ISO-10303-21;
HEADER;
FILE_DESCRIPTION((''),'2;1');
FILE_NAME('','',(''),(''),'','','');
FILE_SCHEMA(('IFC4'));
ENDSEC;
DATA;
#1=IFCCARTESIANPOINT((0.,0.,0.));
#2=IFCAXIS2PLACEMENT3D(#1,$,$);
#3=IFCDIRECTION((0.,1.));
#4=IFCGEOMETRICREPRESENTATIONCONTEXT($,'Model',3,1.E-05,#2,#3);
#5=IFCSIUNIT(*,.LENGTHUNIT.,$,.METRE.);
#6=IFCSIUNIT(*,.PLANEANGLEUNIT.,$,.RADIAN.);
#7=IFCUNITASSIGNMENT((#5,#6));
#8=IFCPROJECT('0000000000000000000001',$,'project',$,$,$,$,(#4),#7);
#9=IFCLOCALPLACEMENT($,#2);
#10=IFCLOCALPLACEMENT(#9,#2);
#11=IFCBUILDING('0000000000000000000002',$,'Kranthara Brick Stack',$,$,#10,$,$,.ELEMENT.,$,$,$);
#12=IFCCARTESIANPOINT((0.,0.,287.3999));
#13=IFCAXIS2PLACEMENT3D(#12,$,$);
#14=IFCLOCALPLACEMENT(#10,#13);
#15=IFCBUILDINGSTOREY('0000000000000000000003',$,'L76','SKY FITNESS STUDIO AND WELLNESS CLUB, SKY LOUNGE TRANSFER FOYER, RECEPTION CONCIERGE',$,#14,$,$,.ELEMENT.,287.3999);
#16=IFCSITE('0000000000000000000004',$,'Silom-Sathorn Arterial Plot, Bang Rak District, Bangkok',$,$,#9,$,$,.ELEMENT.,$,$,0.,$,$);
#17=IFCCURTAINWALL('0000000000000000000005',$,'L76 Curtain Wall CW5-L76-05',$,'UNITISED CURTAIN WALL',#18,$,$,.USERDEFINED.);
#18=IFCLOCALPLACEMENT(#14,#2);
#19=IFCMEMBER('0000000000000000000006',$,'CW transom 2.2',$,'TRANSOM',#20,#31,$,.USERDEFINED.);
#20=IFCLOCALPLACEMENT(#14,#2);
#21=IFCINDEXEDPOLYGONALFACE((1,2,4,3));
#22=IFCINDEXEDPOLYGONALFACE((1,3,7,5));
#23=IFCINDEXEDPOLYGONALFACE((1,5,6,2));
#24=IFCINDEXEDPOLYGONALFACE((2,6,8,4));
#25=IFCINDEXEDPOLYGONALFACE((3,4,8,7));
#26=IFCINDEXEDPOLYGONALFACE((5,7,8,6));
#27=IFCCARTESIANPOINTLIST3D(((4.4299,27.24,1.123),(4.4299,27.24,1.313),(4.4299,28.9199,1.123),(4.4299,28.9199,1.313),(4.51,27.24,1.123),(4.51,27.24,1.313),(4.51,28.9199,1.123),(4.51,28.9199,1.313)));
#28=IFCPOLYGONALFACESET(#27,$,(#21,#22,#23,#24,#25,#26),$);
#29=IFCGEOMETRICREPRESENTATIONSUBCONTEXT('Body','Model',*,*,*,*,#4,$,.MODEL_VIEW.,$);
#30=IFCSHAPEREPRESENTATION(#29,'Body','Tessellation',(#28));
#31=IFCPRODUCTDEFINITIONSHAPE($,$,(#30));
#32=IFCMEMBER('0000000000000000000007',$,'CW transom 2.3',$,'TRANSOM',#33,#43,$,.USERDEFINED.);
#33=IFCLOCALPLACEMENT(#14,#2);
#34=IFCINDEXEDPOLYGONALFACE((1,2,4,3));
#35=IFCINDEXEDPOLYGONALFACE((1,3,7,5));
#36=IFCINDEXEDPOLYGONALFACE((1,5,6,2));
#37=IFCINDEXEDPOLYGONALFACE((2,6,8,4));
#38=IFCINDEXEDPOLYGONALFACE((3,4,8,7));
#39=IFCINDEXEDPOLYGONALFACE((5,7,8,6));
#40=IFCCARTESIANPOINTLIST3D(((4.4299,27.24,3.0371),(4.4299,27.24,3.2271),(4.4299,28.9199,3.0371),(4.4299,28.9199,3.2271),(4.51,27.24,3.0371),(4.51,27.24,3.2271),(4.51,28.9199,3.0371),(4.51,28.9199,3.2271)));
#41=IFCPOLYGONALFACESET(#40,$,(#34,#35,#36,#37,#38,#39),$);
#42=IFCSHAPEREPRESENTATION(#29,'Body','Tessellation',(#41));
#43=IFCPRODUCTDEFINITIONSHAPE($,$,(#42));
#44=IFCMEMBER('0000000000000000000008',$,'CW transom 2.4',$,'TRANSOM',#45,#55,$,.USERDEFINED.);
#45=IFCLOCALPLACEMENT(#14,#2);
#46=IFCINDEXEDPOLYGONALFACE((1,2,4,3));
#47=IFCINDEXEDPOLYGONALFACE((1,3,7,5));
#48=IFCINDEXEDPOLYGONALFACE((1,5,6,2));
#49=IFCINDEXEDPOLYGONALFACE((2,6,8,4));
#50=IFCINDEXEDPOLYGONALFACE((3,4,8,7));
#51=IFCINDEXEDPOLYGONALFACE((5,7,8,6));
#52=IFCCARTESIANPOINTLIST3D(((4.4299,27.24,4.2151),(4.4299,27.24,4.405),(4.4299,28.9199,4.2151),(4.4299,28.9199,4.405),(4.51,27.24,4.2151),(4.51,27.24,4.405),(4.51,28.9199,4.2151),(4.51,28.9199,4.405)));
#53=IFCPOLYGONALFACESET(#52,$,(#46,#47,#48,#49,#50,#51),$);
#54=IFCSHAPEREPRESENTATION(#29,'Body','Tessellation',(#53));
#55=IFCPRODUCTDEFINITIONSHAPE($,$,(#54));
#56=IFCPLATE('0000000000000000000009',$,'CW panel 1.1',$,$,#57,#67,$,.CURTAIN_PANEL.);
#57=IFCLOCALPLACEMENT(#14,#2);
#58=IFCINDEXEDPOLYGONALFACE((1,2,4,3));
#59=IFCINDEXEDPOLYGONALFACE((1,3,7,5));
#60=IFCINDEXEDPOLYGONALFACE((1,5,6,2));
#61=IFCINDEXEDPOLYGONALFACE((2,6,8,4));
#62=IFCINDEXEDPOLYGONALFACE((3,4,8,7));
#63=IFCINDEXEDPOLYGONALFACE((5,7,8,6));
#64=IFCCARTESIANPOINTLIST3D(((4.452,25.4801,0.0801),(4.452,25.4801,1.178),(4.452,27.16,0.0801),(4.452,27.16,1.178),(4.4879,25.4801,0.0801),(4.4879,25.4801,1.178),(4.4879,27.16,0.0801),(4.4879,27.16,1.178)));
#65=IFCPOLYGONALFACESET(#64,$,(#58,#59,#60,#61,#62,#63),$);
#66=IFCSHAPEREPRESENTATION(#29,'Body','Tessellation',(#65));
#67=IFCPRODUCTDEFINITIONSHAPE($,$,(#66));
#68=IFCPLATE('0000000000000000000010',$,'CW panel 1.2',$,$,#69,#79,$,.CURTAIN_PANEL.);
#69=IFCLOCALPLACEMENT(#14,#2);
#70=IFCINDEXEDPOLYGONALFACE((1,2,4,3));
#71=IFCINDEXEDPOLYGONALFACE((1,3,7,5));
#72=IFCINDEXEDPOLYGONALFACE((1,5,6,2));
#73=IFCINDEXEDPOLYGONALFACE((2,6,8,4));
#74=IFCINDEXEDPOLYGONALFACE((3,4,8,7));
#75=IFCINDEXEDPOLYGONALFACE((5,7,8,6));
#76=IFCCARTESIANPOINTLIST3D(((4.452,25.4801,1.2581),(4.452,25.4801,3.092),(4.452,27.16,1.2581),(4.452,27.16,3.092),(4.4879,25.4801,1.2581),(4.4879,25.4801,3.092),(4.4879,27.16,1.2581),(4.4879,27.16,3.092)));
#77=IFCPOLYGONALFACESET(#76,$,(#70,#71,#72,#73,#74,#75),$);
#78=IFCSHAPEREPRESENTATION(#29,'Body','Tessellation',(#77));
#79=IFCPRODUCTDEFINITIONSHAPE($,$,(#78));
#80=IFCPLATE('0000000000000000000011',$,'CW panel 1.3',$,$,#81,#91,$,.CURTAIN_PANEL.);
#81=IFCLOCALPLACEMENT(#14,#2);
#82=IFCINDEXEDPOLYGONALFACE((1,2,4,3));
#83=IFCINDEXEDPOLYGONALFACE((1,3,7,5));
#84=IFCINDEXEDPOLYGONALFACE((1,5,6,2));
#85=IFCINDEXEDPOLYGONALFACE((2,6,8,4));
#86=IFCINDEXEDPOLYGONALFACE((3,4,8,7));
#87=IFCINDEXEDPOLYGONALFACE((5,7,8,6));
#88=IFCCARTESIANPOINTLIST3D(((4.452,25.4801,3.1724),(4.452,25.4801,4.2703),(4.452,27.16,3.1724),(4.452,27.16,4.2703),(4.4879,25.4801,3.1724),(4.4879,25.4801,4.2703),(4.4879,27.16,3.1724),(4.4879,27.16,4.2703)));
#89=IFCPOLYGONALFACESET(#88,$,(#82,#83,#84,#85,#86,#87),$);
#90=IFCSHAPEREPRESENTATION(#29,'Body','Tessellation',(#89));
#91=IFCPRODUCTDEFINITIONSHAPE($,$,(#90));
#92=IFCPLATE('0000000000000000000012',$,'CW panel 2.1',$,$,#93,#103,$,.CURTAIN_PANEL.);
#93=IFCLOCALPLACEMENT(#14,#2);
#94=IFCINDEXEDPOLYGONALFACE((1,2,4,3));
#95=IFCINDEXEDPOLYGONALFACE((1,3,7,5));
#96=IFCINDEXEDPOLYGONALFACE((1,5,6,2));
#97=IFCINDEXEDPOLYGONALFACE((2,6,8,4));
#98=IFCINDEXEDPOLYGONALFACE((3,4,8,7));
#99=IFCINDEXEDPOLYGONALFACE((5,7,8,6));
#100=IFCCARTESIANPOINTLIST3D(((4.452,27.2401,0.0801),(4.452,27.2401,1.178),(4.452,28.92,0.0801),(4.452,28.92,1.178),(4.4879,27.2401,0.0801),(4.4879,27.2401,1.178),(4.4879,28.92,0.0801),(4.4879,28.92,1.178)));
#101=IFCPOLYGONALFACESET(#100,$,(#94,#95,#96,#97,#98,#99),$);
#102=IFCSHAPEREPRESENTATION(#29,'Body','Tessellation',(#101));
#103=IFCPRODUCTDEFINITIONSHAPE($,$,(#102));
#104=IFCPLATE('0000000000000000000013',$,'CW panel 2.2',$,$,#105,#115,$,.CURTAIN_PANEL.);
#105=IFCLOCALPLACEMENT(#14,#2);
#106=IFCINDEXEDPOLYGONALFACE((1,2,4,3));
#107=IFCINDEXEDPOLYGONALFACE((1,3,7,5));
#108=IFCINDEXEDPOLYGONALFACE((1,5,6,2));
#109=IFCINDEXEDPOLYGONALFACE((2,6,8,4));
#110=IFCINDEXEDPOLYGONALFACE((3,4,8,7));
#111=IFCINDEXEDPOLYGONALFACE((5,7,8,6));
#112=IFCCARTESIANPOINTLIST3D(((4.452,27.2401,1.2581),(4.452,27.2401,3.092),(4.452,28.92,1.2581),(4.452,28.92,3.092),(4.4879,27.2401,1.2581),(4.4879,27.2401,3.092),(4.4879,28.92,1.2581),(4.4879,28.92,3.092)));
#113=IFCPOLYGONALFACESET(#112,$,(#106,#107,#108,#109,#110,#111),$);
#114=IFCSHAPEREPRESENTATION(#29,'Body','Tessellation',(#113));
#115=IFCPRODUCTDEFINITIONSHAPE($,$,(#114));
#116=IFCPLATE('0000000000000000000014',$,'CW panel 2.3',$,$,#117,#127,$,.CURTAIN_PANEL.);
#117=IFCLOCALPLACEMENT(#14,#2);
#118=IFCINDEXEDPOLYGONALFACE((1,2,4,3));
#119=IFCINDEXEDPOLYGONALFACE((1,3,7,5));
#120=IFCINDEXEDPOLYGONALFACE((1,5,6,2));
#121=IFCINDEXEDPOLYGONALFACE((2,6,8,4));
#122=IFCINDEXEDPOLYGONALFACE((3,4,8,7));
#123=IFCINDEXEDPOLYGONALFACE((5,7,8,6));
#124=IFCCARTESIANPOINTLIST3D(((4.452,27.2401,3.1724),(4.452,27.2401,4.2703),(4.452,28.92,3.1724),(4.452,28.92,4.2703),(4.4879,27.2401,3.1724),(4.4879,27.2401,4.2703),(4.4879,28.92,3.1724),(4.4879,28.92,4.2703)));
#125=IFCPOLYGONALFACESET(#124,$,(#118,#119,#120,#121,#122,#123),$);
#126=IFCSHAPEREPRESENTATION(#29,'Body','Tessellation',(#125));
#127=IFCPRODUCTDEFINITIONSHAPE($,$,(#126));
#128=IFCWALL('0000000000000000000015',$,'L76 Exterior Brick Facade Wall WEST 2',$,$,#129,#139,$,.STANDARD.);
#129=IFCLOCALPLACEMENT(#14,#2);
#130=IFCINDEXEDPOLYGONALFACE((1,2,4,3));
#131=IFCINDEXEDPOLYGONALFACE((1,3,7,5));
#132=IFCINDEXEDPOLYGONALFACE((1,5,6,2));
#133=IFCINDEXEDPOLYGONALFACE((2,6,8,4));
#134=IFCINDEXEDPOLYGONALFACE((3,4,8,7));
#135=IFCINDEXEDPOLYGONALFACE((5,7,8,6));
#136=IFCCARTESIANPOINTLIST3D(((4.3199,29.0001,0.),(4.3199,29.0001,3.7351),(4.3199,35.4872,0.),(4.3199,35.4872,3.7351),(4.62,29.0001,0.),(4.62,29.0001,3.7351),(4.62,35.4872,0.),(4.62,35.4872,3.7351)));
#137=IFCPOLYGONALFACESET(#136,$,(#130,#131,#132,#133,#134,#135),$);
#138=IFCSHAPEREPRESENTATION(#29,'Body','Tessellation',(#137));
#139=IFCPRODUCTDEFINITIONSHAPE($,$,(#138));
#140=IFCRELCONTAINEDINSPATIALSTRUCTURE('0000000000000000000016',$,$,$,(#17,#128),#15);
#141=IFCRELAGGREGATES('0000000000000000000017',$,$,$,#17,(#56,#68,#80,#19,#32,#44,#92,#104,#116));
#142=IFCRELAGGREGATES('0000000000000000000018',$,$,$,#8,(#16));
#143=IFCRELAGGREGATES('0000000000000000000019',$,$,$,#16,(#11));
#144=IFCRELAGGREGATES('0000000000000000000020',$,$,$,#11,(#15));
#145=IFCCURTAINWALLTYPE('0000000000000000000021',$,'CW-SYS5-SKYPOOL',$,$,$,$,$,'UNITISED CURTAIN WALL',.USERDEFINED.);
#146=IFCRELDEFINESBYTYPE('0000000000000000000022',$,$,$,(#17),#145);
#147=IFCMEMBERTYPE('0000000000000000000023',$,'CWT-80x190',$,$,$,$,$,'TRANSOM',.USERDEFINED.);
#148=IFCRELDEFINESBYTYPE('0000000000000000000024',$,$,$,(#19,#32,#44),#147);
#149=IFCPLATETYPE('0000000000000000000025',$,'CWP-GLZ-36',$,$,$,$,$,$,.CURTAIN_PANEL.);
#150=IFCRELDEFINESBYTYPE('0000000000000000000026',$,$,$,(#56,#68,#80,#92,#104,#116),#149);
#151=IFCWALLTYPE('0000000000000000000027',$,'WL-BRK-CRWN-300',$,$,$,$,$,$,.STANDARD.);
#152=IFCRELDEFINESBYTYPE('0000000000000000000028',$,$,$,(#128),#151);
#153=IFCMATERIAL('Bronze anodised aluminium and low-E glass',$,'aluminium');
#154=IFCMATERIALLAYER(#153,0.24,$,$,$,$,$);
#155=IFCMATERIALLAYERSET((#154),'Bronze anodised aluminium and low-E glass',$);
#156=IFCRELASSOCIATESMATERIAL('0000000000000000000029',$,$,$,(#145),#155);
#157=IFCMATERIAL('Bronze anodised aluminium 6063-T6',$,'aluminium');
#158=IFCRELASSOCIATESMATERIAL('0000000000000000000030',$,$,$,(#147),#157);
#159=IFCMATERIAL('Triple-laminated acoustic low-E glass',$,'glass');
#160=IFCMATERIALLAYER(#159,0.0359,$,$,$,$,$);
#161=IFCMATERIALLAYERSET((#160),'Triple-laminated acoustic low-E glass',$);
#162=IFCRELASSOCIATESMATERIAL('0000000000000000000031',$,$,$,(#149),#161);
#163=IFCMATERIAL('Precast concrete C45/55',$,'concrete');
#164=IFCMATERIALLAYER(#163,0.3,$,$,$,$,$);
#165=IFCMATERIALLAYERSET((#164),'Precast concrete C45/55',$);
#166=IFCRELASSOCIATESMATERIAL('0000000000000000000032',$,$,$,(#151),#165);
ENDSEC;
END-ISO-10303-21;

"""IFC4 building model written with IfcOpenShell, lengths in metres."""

from ifc_helpers import new_model, si_unit, direction, frame, frame_2d, origin, origin_2d, place, context, subcontext, project, spatial, rectangle, extrude, material, layer, layer_set, material_profile, profile_set, type_object, element, aggregate, save


model = new_model("IFC4")

# Units and contexts
model_context = context("Model", 3, precision=1e-05, world=origin(), true_north=direction((0.0, 1.0)))
body_context = subcontext(model_context, "Body", "Model", "MODEL_VIEW")
ifc_project = project(units=[si_unit("LENGTHUNIT", "METRE"), si_unit("PLANEANGLEUNIT", "RADIAN")], contexts=[model_context])

# Site, building, storey
site_placement = place(None, origin())
site = spatial("IfcSite", under=ifc_project, at=site_placement, Name="Silom-Sathorn Arterial Plot, Bang Rak District, Bangkok", CompositionType="ELEMENT", RefElevation=0.0)
building_placement = place(site_placement, origin())
building = spatial("IfcBuilding", under=site, at=building_placement, Name="Kranthara Brick Stack", CompositionType="ELEMENT")
storey_placement = place(building_placement, frame((0.0, 0.0, 287.3999)))
storey = spatial("IfcBuildingStorey", under=building, at=storey_placement, Name="L76", Description="SKY FITNESS STUDIO AND WELLNESS CLUB, SKY LOUNGE TRANSFER FOYER, RECEPTION CONCIERGE", CompositionType="ELEMENT", Elevation=287.3999)

# Curtain wall, members, plates
ifc_material_1 = material(Name="Bronze anodised aluminium and low-E glass", Category="aluminium")
ifc_layer_1 = layer(ifc_material_1, 0.24)
ifc_layer_set_1 = layer_set([ifc_layer_1], Name="Bronze anodised aluminium and low-E glass")
curtain_wall_type = type_object("IfcCurtainWallType", Name="CW-SYS5-SKYPOOL", ElementType="UNITISED CURTAIN WALL", PredefinedType="USERDEFINED", material=ifc_layer_set_1)
curtain_wall_placement = place(storey_placement, origin())
curtain_wall = element("IfcCurtainWall", 1, at=curtain_wall_placement, inside=storey, type_object=curtain_wall_type, Name="L76 Curtain Wall CW5-L76-05", ObjectType="UNITISED CURTAIN WALL", PredefinedType="USERDEFINED")
ifc_material_2 = material(Name="Bronze anodised aluminium 6063-T6", Category="aluminium")
ifc_material_profile_1 = material_profile(ifc_material_2, rectangle(XDim=0.0801, YDim=0.1899, at=origin_2d()), Name="ALU TRANSOM 80x190")
ifc_profile_set_1 = profile_set([ifc_material_profile_1], Name="Bronze anodised aluminium 6063-T6")
member_type_1 = type_object("IfcMemberType", Name="CWT-80x190", ElementType="TRANSOM", PredefinedType="USERDEFINED", material=ifc_profile_set_1)
member_1_placement = place(storey_placement, frame((4.47, 27.24, 1.218), z_axis=(0.0, 1.0, 0.0), x_axis=(-1.0, 0.0, 0.0)))
member_1 = element("IfcMember", 2, at=member_1_placement, type_object=member_type_1, Name="CW transom 2.2", ObjectType="TRANSOM", PredefinedType="USERDEFINED", context=body_context, shape_type="SweptSolid", body=[
    extrude(rectangle(XDim=0.0801, YDim=0.1899, at=origin_2d()), origin(), (0.0, 0.0, 1.0), 1.6799),
])
member_2_placement = place(storey_placement, frame((4.47, 27.24, 3.1321), z_axis=(0.0, 1.0, 0.0), x_axis=(-1.0, 0.0, 0.0)))
member_2 = element("IfcMember", 3, at=member_2_placement, type_object=member_type_1, Name="CW transom 2.3", ObjectType="TRANSOM", PredefinedType="USERDEFINED", context=body_context, shape_type="SweptSolid", body=[
    extrude(rectangle(XDim=0.0801, YDim=0.1899, at=origin_2d()), origin(), (0.0, 0.0, 1.0), 1.6799),
])
member_3_placement = place(storey_placement, frame((4.47, 27.24, 4.3101), z_axis=(0.0, 1.0, 0.0), x_axis=(-1.0, 0.0, 0.0)))
member_3 = element("IfcMember", 4, at=member_3_placement, type_object=member_type_1, Name="CW transom 2.4", ObjectType="TRANSOM", PredefinedType="USERDEFINED", context=body_context, shape_type="SweptSolid", body=[
    extrude(rectangle(XDim=0.0801, YDim=0.1899, at=origin_2d()), origin(), (0.0, 0.0, 1.0), 1.6799),
])
ifc_material_3 = material(Name="Triple-laminated acoustic low-E glass", Category="glass")
ifc_layer_2 = layer(ifc_material_3, 0.0359)
ifc_layer_set_2 = layer_set([ifc_layer_2], Name="Triple-laminated acoustic low-E glass")
plate_type = type_object("IfcPlateType", Name="CWP-GLZ-36", PredefinedType="CURTAIN_PANEL", material=ifc_layer_set_2)
plate_1_placement = place(storey_placement, frame((4.47, 26.3201, 0.0801), z_axis=(0.0, 0.0, 1.0), x_axis=(0.0, 1.0, 0.0)))
plate_1 = element("IfcPlate", 5, at=plate_1_placement, type_object=plate_type, Name="CW panel 1.1", PredefinedType="CURTAIN_PANEL", context=body_context, shape_type="SweptSolid", body=[
    extrude(rectangle(XDim=1.6799, YDim=0.0359, at=origin_2d()), origin(), (0.0, 0.0, 1.0), 1.0979),
])
plate_2_placement = place(storey_placement, frame((4.47, 26.3201, 1.2581), z_axis=(0.0, 0.0, 1.0), x_axis=(0.0, 1.0, 0.0)))
plate_2 = element("IfcPlate", 6, at=plate_2_placement, type_object=plate_type, Name="CW panel 1.2", PredefinedType="CURTAIN_PANEL", context=body_context, shape_type="SweptSolid", body=[
    extrude(rectangle(XDim=1.6799, YDim=0.0359, at=origin_2d()), origin(), (0.0, 0.0, 1.0), 1.834),
])
plate_3_placement = place(storey_placement, frame((4.47, 26.3201, 3.1724), z_axis=(0.0, 0.0, 1.0), x_axis=(0.0, 1.0, 0.0)))
plate_3 = element("IfcPlate", 7, at=plate_3_placement, type_object=plate_type, Name="CW panel 1.3", PredefinedType="CURTAIN_PANEL", context=body_context, shape_type="SweptSolid", body=[
    extrude(rectangle(XDim=1.6799, YDim=0.0359, at=origin_2d()), origin(), (0.0, 0.0, 1.0), 1.0979),
])
plate_4_placement = place(storey_placement, frame((4.47, 28.0801, 0.0801), z_axis=(0.0, 0.0, 1.0), x_axis=(0.0, 1.0, 0.0)))
plate_4 = element("IfcPlate", 8, at=plate_4_placement, type_object=plate_type, Name="CW panel 2.1", PredefinedType="CURTAIN_PANEL", context=body_context, shape_type="SweptSolid", body=[
    extrude(rectangle(XDim=1.6799, YDim=0.0359, at=origin_2d()), origin(), (0.0, 0.0, 1.0), 1.0979),
])
plate_5_placement = place(storey_placement, frame((4.47, 28.0801, 1.2581), z_axis=(0.0, 0.0, 1.0), x_axis=(0.0, 1.0, 0.0)))
plate_5 = element("IfcPlate", 9, at=plate_5_placement, type_object=plate_type, Name="CW panel 2.2", PredefinedType="CURTAIN_PANEL", context=body_context, shape_type="SweptSolid", body=[
    extrude(rectangle(XDim=1.6799, YDim=0.0359, at=origin_2d()), origin(), (0.0, 0.0, 1.0), 1.834),
])
plate_6_placement = place(storey_placement, frame((4.47, 28.0801, 3.1724), z_axis=(0.0, 0.0, 1.0), x_axis=(0.0, 1.0, 0.0)))
plate_6 = element("IfcPlate", 10, at=plate_6_placement, type_object=plate_type, Name="CW panel 2.3", PredefinedType="CURTAIN_PANEL", context=body_context, shape_type="SweptSolid", body=[
    extrude(rectangle(XDim=1.6799, YDim=0.0359, at=origin_2d()), origin(), (0.0, 0.0, 1.0), 1.0979),
])
aggregate(curtain_wall, [plate_1, plate_2, plate_3, member_1, member_2, member_3, plate_4, plate_5, plate_6])

# Wall
ifc_material_4 = material(Name="Precast concrete C45/55", Category="concrete")
ifc_layer_3 = layer(ifc_material_4, 0.3)
ifc_layer_set_3 = layer_set([ifc_layer_3], Name="Precast concrete C45/55")
wall_type = type_object("IfcWallType", Name="WL-BRK-CRWN-300", PredefinedType="STANDARD", material=ifc_layer_set_3)
wall_placement = place(storey_placement, frame((4.47, 29.0, 0.0), z_axis=(0.0, 0.0, 1.0), x_axis=(0.0, 1.0, 0.0)))
element("IfcWall", 11, at=wall_placement, inside=storey, type_object=wall_type, Name="L76 Exterior Brick Facade Wall WEST 2", PredefinedType="STANDARD", context=body_context, shape_type="SweptSolid", body=[
    extrude(rectangle(XDim=6.4871, YDim=0.3, at=frame_2d((3.2437, 0.0))), origin(), (0.0, 0.0, 1.0), 3.7351),
])

save(model, "model.ifc")
